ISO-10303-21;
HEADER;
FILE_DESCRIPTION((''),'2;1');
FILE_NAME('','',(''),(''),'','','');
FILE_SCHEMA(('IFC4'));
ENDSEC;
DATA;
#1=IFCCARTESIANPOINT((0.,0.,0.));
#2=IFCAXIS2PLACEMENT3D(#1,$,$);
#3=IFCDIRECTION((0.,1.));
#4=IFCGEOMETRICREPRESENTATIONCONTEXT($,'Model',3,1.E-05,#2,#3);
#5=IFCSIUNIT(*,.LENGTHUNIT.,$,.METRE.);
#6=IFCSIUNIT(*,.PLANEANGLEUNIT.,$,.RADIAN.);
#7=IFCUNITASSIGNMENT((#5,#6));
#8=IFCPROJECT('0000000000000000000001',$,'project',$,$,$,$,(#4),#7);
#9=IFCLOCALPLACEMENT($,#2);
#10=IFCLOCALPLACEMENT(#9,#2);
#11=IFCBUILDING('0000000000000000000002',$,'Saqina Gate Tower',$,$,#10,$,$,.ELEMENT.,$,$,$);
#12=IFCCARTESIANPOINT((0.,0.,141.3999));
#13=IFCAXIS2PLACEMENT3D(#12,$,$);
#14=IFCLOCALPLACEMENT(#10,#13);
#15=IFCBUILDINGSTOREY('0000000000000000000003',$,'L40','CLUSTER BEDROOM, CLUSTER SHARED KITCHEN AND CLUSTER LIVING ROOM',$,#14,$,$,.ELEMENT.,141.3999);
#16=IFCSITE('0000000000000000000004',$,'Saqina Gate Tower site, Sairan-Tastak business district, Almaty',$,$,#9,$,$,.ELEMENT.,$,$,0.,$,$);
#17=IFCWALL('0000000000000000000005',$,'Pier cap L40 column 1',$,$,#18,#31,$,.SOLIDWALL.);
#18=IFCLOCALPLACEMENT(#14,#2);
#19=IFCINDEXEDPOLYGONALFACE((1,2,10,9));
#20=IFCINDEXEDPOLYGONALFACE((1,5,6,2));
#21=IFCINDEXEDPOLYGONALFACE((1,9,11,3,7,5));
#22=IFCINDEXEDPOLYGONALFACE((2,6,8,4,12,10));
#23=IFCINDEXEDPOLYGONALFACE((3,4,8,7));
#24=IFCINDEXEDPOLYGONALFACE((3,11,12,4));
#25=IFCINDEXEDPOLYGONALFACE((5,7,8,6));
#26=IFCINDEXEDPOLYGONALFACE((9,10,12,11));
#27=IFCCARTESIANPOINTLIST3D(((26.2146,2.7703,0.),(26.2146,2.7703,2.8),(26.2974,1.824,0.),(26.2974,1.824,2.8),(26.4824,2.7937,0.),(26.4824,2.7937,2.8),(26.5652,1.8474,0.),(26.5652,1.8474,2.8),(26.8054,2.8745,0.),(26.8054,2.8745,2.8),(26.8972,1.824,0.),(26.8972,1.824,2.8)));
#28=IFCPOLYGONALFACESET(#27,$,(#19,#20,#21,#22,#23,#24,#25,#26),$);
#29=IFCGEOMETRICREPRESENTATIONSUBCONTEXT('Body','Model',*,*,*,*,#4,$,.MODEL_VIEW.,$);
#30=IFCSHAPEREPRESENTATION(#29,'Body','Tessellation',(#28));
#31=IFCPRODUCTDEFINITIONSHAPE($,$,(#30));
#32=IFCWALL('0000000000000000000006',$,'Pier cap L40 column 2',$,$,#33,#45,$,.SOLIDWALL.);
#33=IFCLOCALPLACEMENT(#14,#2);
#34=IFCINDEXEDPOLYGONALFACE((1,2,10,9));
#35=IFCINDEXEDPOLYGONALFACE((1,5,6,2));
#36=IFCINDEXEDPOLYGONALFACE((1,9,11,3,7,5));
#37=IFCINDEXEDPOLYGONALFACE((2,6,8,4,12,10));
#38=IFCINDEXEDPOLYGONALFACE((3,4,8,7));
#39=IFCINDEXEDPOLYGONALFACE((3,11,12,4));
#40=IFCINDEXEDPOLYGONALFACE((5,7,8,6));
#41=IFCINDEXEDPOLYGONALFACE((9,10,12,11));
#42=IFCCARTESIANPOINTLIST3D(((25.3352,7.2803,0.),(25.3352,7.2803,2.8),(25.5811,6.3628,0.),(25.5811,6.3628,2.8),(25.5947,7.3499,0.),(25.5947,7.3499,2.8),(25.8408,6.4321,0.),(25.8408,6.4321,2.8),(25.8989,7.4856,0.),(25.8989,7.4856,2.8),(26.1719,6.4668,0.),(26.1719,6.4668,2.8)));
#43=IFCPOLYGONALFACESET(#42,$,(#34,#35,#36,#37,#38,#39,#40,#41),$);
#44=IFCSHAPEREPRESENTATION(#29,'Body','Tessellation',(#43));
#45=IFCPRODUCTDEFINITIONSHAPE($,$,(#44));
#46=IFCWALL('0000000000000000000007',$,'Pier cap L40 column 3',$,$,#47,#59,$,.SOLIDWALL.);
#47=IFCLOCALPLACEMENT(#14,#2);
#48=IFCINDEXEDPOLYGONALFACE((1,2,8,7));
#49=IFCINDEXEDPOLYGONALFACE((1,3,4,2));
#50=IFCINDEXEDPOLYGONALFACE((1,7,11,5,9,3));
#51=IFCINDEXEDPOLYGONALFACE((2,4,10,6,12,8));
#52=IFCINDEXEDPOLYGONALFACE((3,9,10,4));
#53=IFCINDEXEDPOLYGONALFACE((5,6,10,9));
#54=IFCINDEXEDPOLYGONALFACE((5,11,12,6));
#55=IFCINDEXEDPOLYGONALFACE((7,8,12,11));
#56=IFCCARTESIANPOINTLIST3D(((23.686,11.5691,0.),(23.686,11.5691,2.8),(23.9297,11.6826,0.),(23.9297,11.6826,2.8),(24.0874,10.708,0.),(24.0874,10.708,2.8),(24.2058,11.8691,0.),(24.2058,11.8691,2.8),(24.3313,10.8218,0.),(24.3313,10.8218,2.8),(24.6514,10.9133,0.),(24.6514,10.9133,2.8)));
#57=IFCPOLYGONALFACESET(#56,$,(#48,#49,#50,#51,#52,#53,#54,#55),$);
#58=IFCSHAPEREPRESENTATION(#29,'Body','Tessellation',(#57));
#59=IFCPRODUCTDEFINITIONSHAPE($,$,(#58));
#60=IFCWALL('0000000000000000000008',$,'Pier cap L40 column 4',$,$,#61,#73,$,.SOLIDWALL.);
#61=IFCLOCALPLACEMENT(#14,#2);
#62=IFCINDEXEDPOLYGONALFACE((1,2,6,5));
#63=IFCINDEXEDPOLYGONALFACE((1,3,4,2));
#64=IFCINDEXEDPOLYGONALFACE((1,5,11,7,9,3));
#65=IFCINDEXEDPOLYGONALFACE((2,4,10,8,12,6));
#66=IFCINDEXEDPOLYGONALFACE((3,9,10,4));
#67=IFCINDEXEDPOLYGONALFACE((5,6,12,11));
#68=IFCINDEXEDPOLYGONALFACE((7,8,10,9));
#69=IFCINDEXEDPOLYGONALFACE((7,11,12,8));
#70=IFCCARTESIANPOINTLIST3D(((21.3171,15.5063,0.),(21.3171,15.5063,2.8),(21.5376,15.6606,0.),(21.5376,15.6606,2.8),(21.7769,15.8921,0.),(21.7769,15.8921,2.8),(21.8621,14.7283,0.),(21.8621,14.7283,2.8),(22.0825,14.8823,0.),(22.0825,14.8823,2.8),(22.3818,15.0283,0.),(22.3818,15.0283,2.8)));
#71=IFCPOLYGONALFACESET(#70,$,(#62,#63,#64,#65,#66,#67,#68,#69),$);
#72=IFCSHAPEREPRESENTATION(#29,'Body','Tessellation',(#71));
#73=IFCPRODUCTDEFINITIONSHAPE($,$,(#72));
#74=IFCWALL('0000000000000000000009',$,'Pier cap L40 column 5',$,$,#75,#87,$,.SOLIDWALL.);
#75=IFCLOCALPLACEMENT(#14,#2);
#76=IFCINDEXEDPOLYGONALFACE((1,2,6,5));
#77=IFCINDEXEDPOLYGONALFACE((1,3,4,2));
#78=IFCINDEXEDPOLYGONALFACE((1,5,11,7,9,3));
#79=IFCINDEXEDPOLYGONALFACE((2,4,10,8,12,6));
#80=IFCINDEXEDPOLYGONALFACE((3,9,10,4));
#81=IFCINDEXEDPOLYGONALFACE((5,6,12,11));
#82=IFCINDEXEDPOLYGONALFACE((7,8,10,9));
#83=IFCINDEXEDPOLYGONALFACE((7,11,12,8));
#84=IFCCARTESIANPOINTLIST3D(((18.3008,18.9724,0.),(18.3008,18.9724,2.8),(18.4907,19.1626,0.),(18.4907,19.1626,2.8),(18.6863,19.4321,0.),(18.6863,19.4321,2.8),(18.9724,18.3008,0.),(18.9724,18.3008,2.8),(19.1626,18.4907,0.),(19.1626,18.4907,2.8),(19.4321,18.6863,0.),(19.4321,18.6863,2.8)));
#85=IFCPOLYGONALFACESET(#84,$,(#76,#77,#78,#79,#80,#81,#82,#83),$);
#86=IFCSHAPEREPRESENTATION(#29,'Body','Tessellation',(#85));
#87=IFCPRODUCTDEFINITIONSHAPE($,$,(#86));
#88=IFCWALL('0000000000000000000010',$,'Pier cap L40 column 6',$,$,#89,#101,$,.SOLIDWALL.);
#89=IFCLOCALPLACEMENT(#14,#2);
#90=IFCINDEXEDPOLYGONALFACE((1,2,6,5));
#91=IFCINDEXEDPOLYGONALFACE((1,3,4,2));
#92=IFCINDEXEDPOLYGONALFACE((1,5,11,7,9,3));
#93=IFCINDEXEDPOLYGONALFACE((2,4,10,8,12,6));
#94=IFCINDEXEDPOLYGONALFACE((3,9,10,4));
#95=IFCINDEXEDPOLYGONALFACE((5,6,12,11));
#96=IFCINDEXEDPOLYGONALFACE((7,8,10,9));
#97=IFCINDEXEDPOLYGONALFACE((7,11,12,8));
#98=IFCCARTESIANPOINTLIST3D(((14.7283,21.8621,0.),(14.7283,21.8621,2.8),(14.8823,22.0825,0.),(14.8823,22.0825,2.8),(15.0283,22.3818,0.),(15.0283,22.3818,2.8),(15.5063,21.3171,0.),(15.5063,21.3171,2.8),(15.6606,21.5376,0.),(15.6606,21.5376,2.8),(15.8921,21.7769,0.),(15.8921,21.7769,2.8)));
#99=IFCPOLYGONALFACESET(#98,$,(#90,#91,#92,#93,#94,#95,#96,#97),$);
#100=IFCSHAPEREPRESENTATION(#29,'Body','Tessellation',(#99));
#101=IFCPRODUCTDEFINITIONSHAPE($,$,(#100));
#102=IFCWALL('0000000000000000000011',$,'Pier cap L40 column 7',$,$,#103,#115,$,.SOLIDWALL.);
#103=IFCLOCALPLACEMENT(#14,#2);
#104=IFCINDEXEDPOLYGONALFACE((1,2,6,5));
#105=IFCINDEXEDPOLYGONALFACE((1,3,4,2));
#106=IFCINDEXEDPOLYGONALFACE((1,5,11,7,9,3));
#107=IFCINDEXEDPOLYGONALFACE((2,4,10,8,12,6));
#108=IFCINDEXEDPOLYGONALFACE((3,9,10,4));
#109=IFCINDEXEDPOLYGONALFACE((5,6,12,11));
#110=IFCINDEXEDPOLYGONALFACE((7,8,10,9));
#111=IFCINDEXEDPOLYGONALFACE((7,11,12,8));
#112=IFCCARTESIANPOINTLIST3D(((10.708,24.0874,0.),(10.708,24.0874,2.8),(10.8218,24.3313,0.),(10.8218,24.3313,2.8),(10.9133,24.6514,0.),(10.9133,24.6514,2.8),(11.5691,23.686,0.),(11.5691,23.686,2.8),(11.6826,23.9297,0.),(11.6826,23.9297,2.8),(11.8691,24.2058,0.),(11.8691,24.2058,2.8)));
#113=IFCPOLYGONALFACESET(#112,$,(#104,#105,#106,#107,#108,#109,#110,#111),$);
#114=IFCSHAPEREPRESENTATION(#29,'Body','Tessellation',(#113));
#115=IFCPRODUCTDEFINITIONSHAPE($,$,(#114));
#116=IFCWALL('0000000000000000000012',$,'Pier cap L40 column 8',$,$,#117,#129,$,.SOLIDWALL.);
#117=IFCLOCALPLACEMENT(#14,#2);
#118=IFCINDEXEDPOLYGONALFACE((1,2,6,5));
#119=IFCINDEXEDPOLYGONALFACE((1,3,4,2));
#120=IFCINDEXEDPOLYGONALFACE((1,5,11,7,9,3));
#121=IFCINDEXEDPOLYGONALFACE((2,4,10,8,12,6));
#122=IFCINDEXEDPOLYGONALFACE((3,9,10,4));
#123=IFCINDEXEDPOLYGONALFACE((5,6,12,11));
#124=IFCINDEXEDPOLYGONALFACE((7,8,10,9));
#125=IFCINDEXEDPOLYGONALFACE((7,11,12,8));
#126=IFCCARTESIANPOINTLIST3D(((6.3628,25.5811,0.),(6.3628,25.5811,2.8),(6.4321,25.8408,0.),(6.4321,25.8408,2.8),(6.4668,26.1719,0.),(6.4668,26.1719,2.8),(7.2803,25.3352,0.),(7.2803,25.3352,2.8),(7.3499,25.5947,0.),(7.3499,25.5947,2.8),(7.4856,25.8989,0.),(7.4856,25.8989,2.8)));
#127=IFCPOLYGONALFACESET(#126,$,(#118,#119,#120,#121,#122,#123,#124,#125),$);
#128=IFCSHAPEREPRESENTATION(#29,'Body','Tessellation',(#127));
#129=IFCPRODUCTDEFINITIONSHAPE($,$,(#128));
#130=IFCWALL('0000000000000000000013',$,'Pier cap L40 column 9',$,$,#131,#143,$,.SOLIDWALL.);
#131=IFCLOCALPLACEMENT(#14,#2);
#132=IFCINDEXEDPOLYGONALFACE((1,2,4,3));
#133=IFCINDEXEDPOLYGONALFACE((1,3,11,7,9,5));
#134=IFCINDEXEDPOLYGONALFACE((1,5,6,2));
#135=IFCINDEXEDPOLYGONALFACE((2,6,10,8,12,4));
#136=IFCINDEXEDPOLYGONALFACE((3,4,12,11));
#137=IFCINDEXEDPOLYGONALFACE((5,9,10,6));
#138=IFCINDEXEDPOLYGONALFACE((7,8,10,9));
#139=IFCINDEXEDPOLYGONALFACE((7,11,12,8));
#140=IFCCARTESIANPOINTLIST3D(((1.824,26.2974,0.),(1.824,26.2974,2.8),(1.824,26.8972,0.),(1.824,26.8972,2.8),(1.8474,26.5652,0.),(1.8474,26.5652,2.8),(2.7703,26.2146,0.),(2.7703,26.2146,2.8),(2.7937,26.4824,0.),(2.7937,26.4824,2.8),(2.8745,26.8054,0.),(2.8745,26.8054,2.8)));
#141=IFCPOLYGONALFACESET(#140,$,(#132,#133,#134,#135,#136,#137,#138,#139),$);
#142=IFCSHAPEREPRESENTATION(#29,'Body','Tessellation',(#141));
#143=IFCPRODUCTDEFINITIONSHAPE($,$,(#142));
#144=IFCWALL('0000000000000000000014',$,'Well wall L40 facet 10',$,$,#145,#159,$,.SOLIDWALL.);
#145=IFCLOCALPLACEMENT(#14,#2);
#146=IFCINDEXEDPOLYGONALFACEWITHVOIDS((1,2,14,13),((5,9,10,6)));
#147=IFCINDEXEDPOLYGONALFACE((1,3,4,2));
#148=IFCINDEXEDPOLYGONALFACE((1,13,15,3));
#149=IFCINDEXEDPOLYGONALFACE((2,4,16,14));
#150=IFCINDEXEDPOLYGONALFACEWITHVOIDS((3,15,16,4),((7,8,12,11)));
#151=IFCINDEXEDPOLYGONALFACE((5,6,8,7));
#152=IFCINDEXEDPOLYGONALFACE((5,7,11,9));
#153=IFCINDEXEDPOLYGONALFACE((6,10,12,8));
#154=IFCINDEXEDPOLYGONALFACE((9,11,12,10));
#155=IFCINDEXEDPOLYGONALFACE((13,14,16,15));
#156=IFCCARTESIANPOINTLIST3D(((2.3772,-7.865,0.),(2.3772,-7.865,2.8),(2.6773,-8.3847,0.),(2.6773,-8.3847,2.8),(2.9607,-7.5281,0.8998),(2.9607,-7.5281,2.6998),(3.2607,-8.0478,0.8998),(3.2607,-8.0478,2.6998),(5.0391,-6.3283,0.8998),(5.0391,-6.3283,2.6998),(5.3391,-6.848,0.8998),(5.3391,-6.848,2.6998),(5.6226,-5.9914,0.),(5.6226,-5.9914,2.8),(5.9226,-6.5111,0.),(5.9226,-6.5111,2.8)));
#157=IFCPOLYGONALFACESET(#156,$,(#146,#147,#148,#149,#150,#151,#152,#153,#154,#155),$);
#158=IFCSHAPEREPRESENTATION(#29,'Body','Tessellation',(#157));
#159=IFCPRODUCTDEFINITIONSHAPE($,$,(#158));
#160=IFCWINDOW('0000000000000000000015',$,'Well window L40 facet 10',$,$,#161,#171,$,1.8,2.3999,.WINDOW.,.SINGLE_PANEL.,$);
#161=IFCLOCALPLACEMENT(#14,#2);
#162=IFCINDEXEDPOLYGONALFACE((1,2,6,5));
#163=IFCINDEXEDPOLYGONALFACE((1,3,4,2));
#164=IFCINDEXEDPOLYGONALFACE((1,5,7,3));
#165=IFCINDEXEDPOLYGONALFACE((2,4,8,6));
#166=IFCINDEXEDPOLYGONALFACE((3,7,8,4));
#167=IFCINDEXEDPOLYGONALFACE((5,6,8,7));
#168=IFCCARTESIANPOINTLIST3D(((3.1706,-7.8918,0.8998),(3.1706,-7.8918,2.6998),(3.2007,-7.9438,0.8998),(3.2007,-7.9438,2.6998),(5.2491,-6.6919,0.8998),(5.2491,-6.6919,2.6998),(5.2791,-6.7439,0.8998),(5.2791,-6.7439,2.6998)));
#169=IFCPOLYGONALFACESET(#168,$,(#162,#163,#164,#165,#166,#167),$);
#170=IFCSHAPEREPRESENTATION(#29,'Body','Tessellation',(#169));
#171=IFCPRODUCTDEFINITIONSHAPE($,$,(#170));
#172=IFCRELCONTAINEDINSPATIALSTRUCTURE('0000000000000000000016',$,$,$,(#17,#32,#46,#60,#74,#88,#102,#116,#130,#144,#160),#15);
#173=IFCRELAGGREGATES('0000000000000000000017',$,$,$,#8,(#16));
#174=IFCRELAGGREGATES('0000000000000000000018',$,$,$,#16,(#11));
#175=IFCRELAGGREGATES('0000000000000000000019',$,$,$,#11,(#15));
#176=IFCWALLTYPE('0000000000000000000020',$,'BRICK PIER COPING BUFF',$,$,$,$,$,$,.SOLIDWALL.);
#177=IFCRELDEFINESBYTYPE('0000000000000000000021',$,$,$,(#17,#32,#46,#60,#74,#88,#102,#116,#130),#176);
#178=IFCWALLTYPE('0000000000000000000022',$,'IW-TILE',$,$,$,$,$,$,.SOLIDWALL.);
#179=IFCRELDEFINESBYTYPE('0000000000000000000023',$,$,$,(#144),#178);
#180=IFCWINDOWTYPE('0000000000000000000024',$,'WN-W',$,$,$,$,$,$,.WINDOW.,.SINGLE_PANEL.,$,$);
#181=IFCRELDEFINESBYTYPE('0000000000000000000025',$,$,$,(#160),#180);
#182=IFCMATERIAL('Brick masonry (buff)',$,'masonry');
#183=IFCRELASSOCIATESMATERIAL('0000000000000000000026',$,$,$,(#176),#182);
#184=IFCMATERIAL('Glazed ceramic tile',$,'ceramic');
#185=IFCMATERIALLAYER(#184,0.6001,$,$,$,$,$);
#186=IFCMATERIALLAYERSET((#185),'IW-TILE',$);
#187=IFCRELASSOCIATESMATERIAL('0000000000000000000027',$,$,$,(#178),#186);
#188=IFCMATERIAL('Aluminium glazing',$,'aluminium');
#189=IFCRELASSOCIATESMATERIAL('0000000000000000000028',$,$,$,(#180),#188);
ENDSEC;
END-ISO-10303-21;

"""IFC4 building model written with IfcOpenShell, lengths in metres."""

from ifc_helpers import new_model, si_unit, direction, frame, frame_2d, origin, place, context, subcontext, project, spatial, polyline, rectangle, outline, extrude, material, layer, layer_set, type_object, element, fill, save


model = new_model("IFC4")

# Units and contexts
model_context = context("Model", 3, precision=1e-05, world=origin(), true_north=direction((0.0, 1.0)))
body_context = subcontext(model_context, "Body", "Model", "MODEL_VIEW")
ifc_project = project(units=[si_unit("LENGTHUNIT", "METRE"), si_unit("PLANEANGLEUNIT", "RADIAN")], contexts=[model_context])

# Site, building, storey
site_placement = place(None, origin())
site = spatial("IfcSite", under=ifc_project, at=site_placement, Name="Saqina Gate Tower site, Sairan-Tastak business district, Almaty", CompositionType="ELEMENT", RefElevation=0.0)
building_placement = place(site_placement, origin())
building = spatial("IfcBuilding", under=site, at=building_placement, Name="Saqina Gate Tower", CompositionType="ELEMENT")
storey_placement = place(building_placement, frame((0.0, 0.0, 141.3999)))
storey = spatial("IfcBuildingStorey", under=building, at=storey_placement, Name="L40", Description="CLUSTER BEDROOM, CLUSTER SHARED KITCHEN AND CLUSTER LIVING ROOM", CompositionType="ELEMENT", Elevation=141.3999)

# Walls
ifc_material_1 = material(Name="Brick masonry (buff)", Category="masonry")
wall_type_1 = type_object("IfcWallType", Name="BRICK PIER COPING BUFF", PredefinedType="SOLIDWALL", material=ifc_material_1)
wall_1_placement = place(storey_placement, origin())
element("IfcWall", 1, at=wall_1_placement, inside=storey, type_object=wall_type_1, Name="Pier cap L40 column 1", PredefinedType="SOLIDWALL", context=body_context, shape_type="SweptSolid", body=[
    extrude(outline(polyline([(26.8054, 2.8745), (26.2146, 2.7703), (26.4824, 2.7937), (26.5652, 1.8474), (26.2974, 1.824), (26.8972, 1.824), (26.8054, 2.8745)])), origin(), (0.0, 0.0, 1.0), 2.8),
])
wall_2_placement = place(storey_placement, origin())
element("IfcWall", 2, at=wall_2_placement, inside=storey, type_object=wall_type_1, Name="Pier cap L40 column 2", PredefinedType="SOLIDWALL", context=body_context, shape_type="SweptSolid", body=[
    extrude(outline(polyline([(26.1719, 6.4668), (25.8989, 7.4856), (25.3352, 7.2803), (25.5947, 7.3499), (25.8408, 6.4321), (25.5811, 6.3628), (26.1719, 6.4668)])), origin(), (0.0, 0.0, 1.0), 2.8),
])
wall_3_placement = place(storey_placement, origin())
element("IfcWall", 3, at=wall_3_placement, inside=storey, type_object=wall_type_1, Name="Pier cap L40 column 3", PredefinedType="SOLIDWALL", context=body_context, shape_type="SweptSolid", body=[
    extrude(outline(polyline([(24.6514, 10.9133), (24.2058, 11.8691), (23.686, 11.5691), (23.9297, 11.6826), (24.3313, 10.8218), (24.0874, 10.708), (24.6514, 10.9133)])), origin(), (0.0, 0.0, 1.0), 2.8),
])
wall_4_placement = place(storey_placement, origin())
element("IfcWall", 4, at=wall_4_placement, inside=storey, type_object=wall_type_1, Name="Pier cap L40 column 4", PredefinedType="SOLIDWALL", context=body_context, shape_type="SweptSolid", body=[
    extrude(outline(polyline([(21.7769, 15.8921), (21.3171, 15.5063), (21.5376, 15.6606), (22.0825, 14.8823), (21.8621, 14.7283), (22.3818, 15.0283), (21.7769, 15.8921)])), origin(), (0.0, 0.0, 1.0), 2.8),
])
wall_5_placement = place(storey_placement, origin())
element("IfcWall", 5, at=wall_5_placement, inside=storey, type_object=wall_type_1, Name="Pier cap L40 column 5", PredefinedType="SOLIDWALL", context=body_context, shape_type="SweptSolid", body=[
    extrude(outline(polyline([(19.4321, 18.6863), (18.6863, 19.4321), (18.3008, 18.9724), (18.4907, 19.1626), (19.1626, 18.4907), (18.9724, 18.3008), (19.4321, 18.6863)])), origin(), (0.0, 0.0, 1.0), 2.8),
])
wall_6_placement = place(storey_placement, origin())
element("IfcWall", 6, at=wall_6_placement, inside=storey, type_object=wall_type_1, Name="Pier cap L40 column 6", PredefinedType="SOLIDWALL", context=body_context, shape_type="SweptSolid", body=[
    extrude(outline(polyline([(15.0283, 22.3818), (14.7283, 21.8621), (14.8823, 22.0825), (15.6606, 21.5376), (15.5063, 21.3171), (15.8921, 21.7769), (15.0283, 22.3818)])), origin(), (0.0, 0.0, 1.0), 2.8),
])
wall_7_placement = place(storey_placement, origin())
element("IfcWall", 7, at=wall_7_placement, inside=storey, type_object=wall_type_1, Name="Pier cap L40 column 7", PredefinedType="SOLIDWALL", context=body_context, shape_type="SweptSolid", body=[
    extrude(outline(polyline([(10.9133, 24.6514), (10.708, 24.0874), (10.8218, 24.3313), (11.6826, 23.9297), (11.5691, 23.686), (11.8691, 24.2058), (10.9133, 24.6514)])), origin(), (0.0, 0.0, 1.0), 2.8),
])
wall_8_placement = place(storey_placement, origin())
element("IfcWall", 8, at=wall_8_placement, inside=storey, type_object=wall_type_1, Name="Pier cap L40 column 8", PredefinedType="SOLIDWALL", context=body_context, shape_type="SweptSolid", body=[
    extrude(outline(polyline([(7.4856, 25.8989), (6.4668, 26.1719), (6.3628, 25.5811), (6.4321, 25.8408), (7.3499, 25.5947), (7.2803, 25.3352), (7.4856, 25.8989)])), origin(), (0.0, 0.0, 1.0), 2.8),
])
wall_9_placement = place(storey_placement, origin())
element("IfcWall", 9, at=wall_9_placement, inside=storey, type_object=wall_type_1, Name="Pier cap L40 column 9", PredefinedType="SOLIDWALL", context=body_context, shape_type="SweptSolid", body=[
    extrude(outline(polyline([(2.8745, 26.8054), (1.824, 26.8972), (1.824, 26.2974), (1.8474, 26.5652), (2.7937, 26.4824), (2.7703, 26.2146), (2.8745, 26.8054)])), origin(), (0.0, 0.0, 1.0), 2.8),
])

# Wall, opening, window
ifc_material_2 = material(Name="Glazed ceramic tile", Category="ceramic")
ifc_layer_1 = layer(ifc_material_2, 0.6001)
ifc_layer_set_1 = layer_set([ifc_layer_1], Name="IW-TILE")
wall_type_2 = type_object("IfcWallType", Name="IW-TILE", PredefinedType="SOLIDWALL", material=ifc_layer_set_1)
wall_10_placement = place(storey_placement, frame((2.5273, -8.1248, 0.0), z_axis=(0.0, 0.0, 1.0), x_axis=(0.866046, 0.499965, 0.0)))
wall_10 = element("IfcWall", 10, at=wall_10_placement, inside=storey, type_object=wall_type_2, Name="Well wall L40 facet 10", PredefinedType="SOLIDWALL", context=body_context, shape_type="SweptSolid", body=[
    extrude(rectangle(XDim=3.7473, YDim=0.6001, at=frame_2d((1.8735, 0.0))), origin(), (0.0, 0.0, 1.0), 2.8),
])
opening_1_placement = place(wall_10_placement, frame((0.6736, 0.0, 0.8999)))
opening_1 = element("IfcOpeningElement", 11, at=opening_1_placement, cuts=wall_10, PredefinedType="OPENING", context=body_context, shape_type="SweptSolid", body=[
    extrude(rectangle(XDim=2.3999, YDim=1.8, at=frame_2d((1.2, 0.8999))), frame((0.0, 0.312, 0.0), z_axis=(0.0, -1.0, 0.0), x_axis=(1.0, 0.0, 0.0)), (0.0, 0.0, 1.0), 0.624),
])
ifc_material_3 = material(Name="Aluminium glazing", Category="aluminium")
window_type = type_object("IfcWindowType", Name="WN-W", PartitioningType="SINGLE_PANEL", PredefinedType="WINDOW", material=ifc_material_3)
window_1_placement = place(opening_1_placement, origin())
window_1 = element("IfcWindow", 12, at=window_1_placement, inside=storey, type_object=window_type, Name="Well window L40 facet 10", OverallHeight=1.8, OverallWidth=2.3999, PartitioningType="SINGLE_PANEL", PredefinedType="WINDOW", context=body_context, shape_type="SweptSolid", body=[
    extrude(rectangle(XDim=2.3999, YDim=1.8, at=frame_2d((1.2, 0.8999))), frame((0.0, -0.1199, 0.0), z_axis=(0.0, -1.0, 0.0), x_axis=(1.0, 0.0, 0.0)), (0.0, 0.0, 1.0), 0.0601),
])
fill(opening_1, window_1)

save(model, "model.ifc")
